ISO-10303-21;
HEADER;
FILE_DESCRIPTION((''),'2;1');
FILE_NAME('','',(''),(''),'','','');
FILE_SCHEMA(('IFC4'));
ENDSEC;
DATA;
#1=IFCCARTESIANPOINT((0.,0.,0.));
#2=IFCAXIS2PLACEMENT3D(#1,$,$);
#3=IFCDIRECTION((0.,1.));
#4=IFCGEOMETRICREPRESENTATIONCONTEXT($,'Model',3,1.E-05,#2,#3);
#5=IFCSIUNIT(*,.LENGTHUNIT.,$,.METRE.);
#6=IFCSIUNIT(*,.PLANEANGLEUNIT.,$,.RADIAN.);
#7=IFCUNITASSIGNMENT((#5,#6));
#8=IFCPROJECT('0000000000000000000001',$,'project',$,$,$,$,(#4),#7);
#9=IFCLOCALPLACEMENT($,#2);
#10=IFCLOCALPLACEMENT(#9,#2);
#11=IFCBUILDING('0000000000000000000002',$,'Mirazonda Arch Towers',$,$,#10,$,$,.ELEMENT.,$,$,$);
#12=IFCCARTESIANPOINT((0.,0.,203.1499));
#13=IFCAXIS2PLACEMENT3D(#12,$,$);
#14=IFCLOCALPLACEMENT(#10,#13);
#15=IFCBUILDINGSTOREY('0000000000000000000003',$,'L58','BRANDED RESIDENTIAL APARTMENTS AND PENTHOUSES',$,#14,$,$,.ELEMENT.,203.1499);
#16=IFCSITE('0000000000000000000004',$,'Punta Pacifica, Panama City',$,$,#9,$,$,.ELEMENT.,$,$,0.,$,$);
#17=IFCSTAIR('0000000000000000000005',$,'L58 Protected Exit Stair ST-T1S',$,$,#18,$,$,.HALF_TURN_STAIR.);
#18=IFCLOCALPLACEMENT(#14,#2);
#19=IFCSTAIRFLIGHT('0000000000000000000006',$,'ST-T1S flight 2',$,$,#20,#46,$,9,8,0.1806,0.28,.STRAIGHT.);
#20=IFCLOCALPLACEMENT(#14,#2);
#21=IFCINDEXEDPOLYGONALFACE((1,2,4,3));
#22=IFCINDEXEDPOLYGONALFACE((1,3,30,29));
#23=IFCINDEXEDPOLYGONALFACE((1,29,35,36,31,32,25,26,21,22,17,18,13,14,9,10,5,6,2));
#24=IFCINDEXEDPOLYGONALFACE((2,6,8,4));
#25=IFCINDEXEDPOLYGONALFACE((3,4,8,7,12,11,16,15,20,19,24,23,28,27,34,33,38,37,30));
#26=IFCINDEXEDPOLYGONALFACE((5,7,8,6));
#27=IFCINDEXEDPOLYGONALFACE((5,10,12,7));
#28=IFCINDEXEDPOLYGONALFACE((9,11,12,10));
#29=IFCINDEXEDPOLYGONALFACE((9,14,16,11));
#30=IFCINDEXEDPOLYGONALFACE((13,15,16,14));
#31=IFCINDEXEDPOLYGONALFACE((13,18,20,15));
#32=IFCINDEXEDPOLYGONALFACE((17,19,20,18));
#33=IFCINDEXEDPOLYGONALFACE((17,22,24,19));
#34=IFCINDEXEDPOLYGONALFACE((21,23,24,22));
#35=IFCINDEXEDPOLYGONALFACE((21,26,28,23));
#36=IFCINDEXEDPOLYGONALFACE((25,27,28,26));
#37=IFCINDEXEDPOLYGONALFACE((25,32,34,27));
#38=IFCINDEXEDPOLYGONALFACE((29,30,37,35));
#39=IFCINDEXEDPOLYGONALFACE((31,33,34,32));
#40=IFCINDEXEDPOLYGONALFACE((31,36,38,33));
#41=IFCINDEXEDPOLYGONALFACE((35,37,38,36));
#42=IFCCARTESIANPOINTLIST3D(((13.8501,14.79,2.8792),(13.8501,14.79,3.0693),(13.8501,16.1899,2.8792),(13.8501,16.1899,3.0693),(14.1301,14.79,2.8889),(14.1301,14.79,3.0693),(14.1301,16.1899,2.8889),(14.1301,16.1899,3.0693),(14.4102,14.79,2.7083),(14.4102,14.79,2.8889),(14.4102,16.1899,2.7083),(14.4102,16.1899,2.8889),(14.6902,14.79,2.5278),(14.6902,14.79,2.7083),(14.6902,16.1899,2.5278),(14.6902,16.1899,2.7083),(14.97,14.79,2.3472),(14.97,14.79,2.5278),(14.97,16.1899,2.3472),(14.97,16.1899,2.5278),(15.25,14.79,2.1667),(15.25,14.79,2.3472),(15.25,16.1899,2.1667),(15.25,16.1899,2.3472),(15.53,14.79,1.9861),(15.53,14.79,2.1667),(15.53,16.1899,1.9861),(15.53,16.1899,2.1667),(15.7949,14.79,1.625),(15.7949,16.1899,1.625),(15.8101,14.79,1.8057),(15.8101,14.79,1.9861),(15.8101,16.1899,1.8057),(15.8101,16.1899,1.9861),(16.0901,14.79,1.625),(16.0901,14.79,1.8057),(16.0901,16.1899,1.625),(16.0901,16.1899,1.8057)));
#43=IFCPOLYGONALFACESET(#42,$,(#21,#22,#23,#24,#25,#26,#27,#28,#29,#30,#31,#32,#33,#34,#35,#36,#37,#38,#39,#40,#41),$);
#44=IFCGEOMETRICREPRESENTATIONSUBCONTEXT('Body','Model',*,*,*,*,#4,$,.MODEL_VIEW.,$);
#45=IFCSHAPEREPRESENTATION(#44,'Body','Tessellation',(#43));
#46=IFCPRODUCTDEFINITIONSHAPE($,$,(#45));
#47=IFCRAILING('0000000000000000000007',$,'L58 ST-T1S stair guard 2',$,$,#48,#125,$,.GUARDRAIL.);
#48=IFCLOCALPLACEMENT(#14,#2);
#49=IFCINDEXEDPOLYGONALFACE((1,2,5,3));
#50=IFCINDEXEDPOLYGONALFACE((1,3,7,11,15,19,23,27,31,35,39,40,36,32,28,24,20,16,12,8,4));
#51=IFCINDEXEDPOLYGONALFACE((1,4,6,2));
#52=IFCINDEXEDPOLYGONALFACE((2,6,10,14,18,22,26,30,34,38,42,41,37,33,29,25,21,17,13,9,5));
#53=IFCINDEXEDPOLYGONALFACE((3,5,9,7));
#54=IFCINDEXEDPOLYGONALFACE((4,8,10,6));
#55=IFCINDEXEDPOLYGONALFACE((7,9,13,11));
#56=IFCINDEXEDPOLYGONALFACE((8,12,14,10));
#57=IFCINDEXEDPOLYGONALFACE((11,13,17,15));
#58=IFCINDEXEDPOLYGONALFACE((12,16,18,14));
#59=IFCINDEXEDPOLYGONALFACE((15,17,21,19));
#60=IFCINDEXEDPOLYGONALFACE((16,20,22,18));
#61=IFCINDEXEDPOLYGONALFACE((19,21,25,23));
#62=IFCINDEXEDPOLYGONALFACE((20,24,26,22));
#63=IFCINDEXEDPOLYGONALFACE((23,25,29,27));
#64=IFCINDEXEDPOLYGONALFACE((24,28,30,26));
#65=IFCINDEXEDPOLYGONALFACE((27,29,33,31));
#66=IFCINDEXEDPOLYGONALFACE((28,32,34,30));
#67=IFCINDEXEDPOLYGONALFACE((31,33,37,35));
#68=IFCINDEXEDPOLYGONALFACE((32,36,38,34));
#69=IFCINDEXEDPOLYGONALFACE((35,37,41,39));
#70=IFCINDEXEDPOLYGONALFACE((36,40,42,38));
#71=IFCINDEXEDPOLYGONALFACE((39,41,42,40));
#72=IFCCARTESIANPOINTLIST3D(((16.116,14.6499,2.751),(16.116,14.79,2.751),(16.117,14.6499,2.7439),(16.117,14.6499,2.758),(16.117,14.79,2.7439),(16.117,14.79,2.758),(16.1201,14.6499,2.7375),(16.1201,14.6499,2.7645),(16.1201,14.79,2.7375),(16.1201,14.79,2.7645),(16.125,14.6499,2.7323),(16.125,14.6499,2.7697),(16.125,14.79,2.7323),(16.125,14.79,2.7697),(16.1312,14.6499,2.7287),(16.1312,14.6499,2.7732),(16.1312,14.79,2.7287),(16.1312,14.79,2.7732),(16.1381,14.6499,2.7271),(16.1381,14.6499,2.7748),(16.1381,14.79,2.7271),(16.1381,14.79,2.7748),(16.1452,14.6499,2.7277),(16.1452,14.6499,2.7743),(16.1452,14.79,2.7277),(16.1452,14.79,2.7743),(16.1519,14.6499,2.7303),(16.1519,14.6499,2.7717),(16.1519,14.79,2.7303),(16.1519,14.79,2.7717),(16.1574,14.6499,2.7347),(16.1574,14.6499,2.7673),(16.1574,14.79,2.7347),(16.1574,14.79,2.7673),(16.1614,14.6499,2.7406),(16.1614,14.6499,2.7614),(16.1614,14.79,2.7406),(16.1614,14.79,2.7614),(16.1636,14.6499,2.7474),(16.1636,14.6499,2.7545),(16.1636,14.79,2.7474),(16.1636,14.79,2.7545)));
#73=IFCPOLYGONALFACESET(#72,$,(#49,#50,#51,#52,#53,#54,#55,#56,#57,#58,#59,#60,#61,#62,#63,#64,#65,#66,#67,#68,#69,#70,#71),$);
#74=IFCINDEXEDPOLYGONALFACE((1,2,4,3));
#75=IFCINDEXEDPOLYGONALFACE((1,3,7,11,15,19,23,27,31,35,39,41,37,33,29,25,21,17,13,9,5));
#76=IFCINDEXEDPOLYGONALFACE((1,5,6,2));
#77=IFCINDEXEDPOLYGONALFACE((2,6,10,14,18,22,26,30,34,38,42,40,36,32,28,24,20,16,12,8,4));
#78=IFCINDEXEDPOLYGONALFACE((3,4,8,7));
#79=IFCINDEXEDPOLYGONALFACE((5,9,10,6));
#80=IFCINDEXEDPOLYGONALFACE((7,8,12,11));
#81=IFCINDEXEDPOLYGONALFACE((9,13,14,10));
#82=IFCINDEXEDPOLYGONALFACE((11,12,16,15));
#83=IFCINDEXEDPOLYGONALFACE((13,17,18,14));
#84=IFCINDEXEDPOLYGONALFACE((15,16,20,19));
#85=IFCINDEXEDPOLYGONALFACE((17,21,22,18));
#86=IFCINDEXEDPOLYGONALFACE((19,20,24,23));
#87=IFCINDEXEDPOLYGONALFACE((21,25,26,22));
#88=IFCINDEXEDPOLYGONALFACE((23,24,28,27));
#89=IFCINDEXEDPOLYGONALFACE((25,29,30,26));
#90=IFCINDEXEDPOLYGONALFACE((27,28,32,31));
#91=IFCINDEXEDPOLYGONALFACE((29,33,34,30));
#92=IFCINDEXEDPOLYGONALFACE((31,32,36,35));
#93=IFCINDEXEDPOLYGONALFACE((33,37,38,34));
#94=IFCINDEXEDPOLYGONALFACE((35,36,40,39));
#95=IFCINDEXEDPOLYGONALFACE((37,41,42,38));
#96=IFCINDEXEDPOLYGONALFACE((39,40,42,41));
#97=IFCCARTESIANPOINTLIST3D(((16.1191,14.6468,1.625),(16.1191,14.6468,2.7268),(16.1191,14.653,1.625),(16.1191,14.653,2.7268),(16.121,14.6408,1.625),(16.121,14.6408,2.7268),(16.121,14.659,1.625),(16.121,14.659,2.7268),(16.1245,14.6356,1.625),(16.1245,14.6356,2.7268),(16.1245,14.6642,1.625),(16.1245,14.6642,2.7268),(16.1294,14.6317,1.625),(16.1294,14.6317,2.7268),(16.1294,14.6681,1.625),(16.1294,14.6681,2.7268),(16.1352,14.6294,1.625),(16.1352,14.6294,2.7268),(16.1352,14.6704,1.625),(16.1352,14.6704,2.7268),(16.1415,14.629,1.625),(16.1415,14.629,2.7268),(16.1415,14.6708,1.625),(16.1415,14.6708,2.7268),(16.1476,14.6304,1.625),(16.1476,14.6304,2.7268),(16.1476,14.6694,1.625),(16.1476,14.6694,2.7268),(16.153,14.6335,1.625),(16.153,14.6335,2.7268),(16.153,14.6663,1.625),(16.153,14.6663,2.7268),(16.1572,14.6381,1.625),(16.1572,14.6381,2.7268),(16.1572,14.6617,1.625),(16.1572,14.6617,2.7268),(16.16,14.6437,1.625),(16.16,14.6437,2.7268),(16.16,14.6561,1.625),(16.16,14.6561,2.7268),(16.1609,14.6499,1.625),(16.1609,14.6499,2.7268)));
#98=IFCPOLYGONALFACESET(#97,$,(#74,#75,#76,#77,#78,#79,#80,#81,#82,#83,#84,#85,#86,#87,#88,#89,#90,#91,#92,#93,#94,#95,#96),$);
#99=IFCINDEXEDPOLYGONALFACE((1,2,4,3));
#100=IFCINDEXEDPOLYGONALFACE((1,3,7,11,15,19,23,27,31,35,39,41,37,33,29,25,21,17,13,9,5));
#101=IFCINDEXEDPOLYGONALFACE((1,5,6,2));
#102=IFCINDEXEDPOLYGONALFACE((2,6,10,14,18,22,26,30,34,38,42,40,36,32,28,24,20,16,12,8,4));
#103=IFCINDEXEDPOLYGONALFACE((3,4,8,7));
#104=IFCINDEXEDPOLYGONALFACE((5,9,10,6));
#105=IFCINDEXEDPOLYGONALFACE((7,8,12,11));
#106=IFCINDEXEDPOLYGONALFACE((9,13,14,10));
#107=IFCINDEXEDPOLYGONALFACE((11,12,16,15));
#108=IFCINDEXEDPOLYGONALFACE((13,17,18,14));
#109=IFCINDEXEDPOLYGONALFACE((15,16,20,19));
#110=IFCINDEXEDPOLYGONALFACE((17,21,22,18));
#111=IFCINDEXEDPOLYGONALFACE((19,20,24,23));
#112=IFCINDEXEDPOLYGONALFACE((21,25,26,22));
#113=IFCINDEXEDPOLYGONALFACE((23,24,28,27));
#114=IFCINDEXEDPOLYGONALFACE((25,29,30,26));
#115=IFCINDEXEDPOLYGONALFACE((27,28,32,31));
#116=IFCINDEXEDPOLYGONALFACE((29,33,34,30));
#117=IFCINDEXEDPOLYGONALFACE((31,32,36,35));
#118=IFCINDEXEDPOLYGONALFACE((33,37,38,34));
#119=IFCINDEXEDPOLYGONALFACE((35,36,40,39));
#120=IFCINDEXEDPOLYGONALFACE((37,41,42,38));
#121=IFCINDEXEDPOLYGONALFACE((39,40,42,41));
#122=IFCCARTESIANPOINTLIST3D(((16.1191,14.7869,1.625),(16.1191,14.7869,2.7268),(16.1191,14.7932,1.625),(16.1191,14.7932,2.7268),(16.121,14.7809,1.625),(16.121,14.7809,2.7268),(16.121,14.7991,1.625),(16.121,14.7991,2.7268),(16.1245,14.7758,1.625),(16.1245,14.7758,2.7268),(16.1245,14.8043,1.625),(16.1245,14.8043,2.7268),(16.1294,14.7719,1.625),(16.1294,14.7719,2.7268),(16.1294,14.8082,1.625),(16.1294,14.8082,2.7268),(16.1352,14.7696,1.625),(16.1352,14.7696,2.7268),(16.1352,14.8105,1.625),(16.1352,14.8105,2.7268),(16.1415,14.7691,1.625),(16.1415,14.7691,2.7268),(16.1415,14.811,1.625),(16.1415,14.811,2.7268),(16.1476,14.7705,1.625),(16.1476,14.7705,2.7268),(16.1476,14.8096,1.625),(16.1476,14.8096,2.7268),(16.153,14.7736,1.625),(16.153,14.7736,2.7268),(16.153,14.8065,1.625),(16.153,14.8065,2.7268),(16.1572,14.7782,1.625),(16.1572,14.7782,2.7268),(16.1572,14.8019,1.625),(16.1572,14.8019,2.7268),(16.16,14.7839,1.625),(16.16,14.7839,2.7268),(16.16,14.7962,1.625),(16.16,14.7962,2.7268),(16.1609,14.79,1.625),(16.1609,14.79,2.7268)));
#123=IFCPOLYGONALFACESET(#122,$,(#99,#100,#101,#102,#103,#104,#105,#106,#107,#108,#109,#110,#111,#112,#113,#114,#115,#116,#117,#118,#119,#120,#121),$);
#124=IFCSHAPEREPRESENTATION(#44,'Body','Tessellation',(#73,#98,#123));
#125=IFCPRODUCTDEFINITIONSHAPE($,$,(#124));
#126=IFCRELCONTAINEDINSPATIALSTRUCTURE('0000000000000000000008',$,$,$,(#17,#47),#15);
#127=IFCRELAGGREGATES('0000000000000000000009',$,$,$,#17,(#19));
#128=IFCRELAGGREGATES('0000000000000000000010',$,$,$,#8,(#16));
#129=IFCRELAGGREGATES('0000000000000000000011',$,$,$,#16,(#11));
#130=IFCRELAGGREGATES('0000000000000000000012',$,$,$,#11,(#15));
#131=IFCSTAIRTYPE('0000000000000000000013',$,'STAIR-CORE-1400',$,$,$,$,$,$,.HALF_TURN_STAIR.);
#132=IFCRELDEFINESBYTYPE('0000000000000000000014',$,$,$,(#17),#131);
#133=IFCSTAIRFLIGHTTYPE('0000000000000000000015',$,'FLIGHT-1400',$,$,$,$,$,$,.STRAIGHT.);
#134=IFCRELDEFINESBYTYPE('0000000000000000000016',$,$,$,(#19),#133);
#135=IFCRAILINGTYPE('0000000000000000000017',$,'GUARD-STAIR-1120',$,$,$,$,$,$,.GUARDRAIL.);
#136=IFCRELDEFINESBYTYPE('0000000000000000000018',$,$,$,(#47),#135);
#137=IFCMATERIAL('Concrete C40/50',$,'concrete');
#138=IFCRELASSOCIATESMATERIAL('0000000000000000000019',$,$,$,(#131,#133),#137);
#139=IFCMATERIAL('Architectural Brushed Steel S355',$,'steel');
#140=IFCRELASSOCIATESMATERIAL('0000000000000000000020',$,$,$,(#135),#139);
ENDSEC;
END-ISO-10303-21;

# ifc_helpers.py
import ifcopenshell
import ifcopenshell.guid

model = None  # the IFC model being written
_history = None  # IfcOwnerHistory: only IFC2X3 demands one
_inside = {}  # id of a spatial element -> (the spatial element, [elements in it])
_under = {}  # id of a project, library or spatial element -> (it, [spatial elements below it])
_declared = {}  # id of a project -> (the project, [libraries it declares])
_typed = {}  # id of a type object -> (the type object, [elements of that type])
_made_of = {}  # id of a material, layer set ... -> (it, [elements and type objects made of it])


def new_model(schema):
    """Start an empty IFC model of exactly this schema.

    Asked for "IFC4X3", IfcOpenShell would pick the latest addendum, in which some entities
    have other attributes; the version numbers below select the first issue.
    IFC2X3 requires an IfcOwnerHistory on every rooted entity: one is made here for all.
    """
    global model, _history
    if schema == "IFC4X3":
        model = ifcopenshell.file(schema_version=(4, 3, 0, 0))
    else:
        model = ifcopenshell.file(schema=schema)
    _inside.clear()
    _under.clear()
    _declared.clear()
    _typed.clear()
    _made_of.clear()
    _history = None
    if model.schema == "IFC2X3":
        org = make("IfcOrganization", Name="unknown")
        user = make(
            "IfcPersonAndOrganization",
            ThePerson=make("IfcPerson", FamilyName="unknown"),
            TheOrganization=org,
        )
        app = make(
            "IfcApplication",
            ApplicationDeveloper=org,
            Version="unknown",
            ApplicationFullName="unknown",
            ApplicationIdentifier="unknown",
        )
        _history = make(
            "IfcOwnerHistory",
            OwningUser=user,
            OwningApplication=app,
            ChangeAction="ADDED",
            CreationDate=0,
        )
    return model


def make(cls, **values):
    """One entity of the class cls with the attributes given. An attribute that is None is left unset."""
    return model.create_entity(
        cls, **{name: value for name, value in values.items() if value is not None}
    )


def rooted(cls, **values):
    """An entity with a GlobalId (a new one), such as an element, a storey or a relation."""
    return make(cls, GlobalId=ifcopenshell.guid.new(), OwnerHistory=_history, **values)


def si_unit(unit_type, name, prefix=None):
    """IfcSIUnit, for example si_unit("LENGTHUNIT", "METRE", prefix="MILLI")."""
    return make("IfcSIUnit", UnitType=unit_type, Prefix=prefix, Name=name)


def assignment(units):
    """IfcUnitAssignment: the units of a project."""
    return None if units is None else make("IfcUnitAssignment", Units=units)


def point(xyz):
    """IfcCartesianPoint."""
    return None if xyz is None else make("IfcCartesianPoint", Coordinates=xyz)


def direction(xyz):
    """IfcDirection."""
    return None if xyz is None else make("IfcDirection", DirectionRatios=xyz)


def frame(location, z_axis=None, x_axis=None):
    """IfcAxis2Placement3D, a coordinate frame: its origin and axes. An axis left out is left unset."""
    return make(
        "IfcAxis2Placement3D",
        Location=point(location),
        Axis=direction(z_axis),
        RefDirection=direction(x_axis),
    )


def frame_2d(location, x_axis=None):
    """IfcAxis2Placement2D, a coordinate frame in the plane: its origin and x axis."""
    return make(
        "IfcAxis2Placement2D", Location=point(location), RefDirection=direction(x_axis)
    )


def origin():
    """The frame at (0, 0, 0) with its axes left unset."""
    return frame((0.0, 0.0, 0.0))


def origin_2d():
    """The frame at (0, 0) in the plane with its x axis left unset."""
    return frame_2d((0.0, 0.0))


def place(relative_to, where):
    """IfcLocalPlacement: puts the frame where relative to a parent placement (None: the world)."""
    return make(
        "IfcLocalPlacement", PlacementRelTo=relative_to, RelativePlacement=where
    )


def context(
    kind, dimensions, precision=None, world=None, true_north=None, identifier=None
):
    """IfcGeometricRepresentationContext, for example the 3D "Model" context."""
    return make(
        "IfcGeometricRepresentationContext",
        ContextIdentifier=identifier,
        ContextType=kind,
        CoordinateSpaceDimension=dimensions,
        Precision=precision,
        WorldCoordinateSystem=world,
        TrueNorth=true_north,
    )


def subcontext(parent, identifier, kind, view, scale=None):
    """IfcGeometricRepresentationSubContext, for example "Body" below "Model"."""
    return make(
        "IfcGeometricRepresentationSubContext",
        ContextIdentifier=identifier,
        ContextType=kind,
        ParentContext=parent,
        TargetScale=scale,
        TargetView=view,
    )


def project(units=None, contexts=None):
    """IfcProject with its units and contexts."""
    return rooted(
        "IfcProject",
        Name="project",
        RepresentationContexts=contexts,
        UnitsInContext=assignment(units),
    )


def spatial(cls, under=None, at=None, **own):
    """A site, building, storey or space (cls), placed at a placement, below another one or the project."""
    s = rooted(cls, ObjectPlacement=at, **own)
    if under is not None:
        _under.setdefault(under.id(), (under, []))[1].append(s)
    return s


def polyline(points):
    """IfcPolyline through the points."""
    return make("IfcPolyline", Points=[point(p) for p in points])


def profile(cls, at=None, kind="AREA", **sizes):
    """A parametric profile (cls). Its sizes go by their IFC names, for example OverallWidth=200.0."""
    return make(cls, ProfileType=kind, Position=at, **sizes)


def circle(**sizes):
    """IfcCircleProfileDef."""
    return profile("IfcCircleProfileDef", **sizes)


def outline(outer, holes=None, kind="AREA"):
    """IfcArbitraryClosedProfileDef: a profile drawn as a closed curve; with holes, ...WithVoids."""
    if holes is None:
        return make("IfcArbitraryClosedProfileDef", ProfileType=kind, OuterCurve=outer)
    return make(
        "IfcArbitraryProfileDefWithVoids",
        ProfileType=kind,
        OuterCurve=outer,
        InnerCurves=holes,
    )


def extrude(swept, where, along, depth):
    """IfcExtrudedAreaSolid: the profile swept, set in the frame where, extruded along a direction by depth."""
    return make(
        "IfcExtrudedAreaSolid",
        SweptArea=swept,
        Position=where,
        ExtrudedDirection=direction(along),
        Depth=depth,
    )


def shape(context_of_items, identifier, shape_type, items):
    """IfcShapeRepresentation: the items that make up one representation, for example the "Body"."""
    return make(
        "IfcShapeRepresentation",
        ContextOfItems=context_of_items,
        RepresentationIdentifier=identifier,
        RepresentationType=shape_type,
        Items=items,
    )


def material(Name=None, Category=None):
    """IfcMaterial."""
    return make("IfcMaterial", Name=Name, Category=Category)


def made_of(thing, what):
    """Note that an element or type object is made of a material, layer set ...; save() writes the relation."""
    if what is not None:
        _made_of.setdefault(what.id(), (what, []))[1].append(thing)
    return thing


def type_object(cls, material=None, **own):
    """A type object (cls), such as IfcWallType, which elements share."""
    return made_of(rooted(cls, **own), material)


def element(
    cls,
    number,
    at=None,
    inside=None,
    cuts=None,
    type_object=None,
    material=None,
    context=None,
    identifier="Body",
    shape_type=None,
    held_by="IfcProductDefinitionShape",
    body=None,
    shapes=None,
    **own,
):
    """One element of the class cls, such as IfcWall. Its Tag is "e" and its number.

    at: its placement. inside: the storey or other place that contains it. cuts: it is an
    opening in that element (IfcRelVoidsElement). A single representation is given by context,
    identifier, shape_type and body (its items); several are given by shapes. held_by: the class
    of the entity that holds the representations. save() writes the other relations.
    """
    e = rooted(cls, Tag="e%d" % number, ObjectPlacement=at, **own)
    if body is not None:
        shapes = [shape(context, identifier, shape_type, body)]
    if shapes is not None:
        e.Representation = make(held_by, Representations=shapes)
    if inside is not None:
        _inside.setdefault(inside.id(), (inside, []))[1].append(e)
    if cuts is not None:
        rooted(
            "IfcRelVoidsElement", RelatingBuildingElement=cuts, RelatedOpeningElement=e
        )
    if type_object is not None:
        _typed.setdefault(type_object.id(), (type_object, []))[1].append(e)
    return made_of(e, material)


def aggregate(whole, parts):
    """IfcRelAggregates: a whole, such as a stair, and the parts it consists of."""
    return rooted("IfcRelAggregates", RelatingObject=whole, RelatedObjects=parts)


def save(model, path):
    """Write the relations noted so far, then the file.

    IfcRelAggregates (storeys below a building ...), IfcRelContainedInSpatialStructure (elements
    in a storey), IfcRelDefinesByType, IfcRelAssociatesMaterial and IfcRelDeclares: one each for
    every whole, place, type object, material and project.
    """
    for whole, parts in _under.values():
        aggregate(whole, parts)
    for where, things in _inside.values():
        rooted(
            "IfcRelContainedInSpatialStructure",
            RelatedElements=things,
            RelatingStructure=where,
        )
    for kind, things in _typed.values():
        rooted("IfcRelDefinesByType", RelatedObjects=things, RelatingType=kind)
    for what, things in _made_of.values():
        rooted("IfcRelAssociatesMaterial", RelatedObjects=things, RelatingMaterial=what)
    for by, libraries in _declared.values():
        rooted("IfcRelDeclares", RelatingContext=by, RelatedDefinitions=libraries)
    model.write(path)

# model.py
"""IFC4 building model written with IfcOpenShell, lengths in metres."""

from ifc_helpers import new_model, si_unit, direction, frame, origin, origin_2d, place, context, subcontext, project, spatial, polyline, circle, outline, extrude, material, type_object, element, aggregate, save


model = new_model("IFC4")

# Units and contexts
model_context = context("Model", 3, precision=1e-05, world=origin(), true_north=direction((0.0, 1.0)))
body_context = subcontext(model_context, "Body", "Model", "MODEL_VIEW")
ifc_project = project(units=[si_unit("LENGTHUNIT", "METRE"), si_unit("PLANEANGLEUNIT", "RADIAN")], contexts=[model_context])

# Site, building, storey
site_placement = place(None, origin())
site = spatial("IfcSite", under=ifc_project, at=site_placement, Name="Punta Pacifica, Panama City", CompositionType="ELEMENT", RefElevation=0.0)
building_placement = place(site_placement, origin())
building = spatial("IfcBuilding", under=site, at=building_placement, Name="Mirazonda Arch Towers", CompositionType="ELEMENT")
storey_placement = place(building_placement, frame((0.0, 0.0, 203.1499)))
storey = spatial("IfcBuildingStorey", under=building, at=storey_placement, Name="L58", Description="BRANDED RESIDENTIAL APARTMENTS AND PENTHOUSES", CompositionType="ELEMENT", Elevation=203.1499)

# Shared definitions
ifc_material_1 = material(Name="Concrete C40/50", Category="concrete")

# Shared definitions
ifc_material_2 = material(Name="Architectural Brushed Steel S355", Category="steel")

# Stair, stair flight
stair_type = type_object("IfcStairType", Name="STAIR-CORE-1400", PredefinedType="HALF_TURN_STAIR", material=ifc_material_1)
stair_placement = place(storey_placement, origin())
stair = element("IfcStair", 1, at=stair_placement, inside=storey, type_object=stair_type, Name="L58 Protected Exit Stair ST-T1S", PredefinedType="HALF_TURN_STAIR")
stair_flight_type = type_object("IfcStairFlightType", Name="FLIGHT-1400", PredefinedType="STRAIGHT", material=ifc_material_1)
stair_flight_placement = place(storey_placement, frame((16.0901, 15.49, 1.625), z_axis=(0.0, 0.0, 1.0), x_axis=(-1.0, 0.0, 0.0)))
stair_flight = element("IfcStairFlight", 2, at=stair_flight_placement, type_object=stair_flight_type, Name="ST-T1S flight 2", NumberOfRisers=9, NumberOfTreads=8, PredefinedType="STRAIGHT", RiserHeight=0.1806, TreadLength=0.28, context=body_context, shape_type="SweptSolid", body=[
    extrude(outline(polyline([(0.0, 0.0), (0.0, 0.1807), (0.28, 0.1807), (0.28, 0.3611), (0.5601, 0.3611), (0.5601, 0.5417), (0.8401, 0.5417), (0.8401, 0.7222), (1.1201, 0.7222), (1.1201, 0.9028), (1.3999, 0.9028), (1.3999, 1.0833), (1.6799, 1.0833), (1.6799, 1.2639), (1.96, 1.2639), (1.96, 1.4443), (2.24, 1.4443), (2.24, 1.625), (2.24, 1.2542), (0.2952, 0.0), (0.0, 0.0)])), frame((0.0, 0.7, 0.0), z_axis=(0.0, -1.0, 0.0), x_axis=(1.0, 0.0, 0.0)), (0.0, 0.0, 1.0), 1.3999),
])
aggregate(stair, [stair_flight])

# Railing
railing_type_1 = type_object("IfcRailingType", Name="GUARD-STAIR-1120", PredefinedType="GUARDRAIL", material=ifc_material_2)
railing_1_placement = place(storey_placement, frame((16.1399, 14.6499, 1.625)))
element("IfcRailing", 3, at=railing_1_placement, inside=storey, type_object=railing_type_1, Name="L58 ST-T1S stair guard 2", PredefinedType="GUARDRAIL", context=body_context, shape_type="SweptSolid", body=[
    extrude(circle(Radius=0.0239, at=origin_2d()), frame((0.0, 0.0, 1.126), z_axis=(0.0, 1.0, 0.0), x_axis=(-1.0, 0.0, 0.0)), (0.0, 0.0, 1.0), 0.1401),
    extrude(circle(Radius=0.021, at=origin_2d()), origin(), (0.0, 0.0, 1.0), 1.1018),
    extrude(circle(Radius=0.021, at=origin_2d()), frame((0.0, 0.1401, 0.0)), (0.0, 0.0, 1.0), 1.1018),
])

save(model, "model.ifc")
